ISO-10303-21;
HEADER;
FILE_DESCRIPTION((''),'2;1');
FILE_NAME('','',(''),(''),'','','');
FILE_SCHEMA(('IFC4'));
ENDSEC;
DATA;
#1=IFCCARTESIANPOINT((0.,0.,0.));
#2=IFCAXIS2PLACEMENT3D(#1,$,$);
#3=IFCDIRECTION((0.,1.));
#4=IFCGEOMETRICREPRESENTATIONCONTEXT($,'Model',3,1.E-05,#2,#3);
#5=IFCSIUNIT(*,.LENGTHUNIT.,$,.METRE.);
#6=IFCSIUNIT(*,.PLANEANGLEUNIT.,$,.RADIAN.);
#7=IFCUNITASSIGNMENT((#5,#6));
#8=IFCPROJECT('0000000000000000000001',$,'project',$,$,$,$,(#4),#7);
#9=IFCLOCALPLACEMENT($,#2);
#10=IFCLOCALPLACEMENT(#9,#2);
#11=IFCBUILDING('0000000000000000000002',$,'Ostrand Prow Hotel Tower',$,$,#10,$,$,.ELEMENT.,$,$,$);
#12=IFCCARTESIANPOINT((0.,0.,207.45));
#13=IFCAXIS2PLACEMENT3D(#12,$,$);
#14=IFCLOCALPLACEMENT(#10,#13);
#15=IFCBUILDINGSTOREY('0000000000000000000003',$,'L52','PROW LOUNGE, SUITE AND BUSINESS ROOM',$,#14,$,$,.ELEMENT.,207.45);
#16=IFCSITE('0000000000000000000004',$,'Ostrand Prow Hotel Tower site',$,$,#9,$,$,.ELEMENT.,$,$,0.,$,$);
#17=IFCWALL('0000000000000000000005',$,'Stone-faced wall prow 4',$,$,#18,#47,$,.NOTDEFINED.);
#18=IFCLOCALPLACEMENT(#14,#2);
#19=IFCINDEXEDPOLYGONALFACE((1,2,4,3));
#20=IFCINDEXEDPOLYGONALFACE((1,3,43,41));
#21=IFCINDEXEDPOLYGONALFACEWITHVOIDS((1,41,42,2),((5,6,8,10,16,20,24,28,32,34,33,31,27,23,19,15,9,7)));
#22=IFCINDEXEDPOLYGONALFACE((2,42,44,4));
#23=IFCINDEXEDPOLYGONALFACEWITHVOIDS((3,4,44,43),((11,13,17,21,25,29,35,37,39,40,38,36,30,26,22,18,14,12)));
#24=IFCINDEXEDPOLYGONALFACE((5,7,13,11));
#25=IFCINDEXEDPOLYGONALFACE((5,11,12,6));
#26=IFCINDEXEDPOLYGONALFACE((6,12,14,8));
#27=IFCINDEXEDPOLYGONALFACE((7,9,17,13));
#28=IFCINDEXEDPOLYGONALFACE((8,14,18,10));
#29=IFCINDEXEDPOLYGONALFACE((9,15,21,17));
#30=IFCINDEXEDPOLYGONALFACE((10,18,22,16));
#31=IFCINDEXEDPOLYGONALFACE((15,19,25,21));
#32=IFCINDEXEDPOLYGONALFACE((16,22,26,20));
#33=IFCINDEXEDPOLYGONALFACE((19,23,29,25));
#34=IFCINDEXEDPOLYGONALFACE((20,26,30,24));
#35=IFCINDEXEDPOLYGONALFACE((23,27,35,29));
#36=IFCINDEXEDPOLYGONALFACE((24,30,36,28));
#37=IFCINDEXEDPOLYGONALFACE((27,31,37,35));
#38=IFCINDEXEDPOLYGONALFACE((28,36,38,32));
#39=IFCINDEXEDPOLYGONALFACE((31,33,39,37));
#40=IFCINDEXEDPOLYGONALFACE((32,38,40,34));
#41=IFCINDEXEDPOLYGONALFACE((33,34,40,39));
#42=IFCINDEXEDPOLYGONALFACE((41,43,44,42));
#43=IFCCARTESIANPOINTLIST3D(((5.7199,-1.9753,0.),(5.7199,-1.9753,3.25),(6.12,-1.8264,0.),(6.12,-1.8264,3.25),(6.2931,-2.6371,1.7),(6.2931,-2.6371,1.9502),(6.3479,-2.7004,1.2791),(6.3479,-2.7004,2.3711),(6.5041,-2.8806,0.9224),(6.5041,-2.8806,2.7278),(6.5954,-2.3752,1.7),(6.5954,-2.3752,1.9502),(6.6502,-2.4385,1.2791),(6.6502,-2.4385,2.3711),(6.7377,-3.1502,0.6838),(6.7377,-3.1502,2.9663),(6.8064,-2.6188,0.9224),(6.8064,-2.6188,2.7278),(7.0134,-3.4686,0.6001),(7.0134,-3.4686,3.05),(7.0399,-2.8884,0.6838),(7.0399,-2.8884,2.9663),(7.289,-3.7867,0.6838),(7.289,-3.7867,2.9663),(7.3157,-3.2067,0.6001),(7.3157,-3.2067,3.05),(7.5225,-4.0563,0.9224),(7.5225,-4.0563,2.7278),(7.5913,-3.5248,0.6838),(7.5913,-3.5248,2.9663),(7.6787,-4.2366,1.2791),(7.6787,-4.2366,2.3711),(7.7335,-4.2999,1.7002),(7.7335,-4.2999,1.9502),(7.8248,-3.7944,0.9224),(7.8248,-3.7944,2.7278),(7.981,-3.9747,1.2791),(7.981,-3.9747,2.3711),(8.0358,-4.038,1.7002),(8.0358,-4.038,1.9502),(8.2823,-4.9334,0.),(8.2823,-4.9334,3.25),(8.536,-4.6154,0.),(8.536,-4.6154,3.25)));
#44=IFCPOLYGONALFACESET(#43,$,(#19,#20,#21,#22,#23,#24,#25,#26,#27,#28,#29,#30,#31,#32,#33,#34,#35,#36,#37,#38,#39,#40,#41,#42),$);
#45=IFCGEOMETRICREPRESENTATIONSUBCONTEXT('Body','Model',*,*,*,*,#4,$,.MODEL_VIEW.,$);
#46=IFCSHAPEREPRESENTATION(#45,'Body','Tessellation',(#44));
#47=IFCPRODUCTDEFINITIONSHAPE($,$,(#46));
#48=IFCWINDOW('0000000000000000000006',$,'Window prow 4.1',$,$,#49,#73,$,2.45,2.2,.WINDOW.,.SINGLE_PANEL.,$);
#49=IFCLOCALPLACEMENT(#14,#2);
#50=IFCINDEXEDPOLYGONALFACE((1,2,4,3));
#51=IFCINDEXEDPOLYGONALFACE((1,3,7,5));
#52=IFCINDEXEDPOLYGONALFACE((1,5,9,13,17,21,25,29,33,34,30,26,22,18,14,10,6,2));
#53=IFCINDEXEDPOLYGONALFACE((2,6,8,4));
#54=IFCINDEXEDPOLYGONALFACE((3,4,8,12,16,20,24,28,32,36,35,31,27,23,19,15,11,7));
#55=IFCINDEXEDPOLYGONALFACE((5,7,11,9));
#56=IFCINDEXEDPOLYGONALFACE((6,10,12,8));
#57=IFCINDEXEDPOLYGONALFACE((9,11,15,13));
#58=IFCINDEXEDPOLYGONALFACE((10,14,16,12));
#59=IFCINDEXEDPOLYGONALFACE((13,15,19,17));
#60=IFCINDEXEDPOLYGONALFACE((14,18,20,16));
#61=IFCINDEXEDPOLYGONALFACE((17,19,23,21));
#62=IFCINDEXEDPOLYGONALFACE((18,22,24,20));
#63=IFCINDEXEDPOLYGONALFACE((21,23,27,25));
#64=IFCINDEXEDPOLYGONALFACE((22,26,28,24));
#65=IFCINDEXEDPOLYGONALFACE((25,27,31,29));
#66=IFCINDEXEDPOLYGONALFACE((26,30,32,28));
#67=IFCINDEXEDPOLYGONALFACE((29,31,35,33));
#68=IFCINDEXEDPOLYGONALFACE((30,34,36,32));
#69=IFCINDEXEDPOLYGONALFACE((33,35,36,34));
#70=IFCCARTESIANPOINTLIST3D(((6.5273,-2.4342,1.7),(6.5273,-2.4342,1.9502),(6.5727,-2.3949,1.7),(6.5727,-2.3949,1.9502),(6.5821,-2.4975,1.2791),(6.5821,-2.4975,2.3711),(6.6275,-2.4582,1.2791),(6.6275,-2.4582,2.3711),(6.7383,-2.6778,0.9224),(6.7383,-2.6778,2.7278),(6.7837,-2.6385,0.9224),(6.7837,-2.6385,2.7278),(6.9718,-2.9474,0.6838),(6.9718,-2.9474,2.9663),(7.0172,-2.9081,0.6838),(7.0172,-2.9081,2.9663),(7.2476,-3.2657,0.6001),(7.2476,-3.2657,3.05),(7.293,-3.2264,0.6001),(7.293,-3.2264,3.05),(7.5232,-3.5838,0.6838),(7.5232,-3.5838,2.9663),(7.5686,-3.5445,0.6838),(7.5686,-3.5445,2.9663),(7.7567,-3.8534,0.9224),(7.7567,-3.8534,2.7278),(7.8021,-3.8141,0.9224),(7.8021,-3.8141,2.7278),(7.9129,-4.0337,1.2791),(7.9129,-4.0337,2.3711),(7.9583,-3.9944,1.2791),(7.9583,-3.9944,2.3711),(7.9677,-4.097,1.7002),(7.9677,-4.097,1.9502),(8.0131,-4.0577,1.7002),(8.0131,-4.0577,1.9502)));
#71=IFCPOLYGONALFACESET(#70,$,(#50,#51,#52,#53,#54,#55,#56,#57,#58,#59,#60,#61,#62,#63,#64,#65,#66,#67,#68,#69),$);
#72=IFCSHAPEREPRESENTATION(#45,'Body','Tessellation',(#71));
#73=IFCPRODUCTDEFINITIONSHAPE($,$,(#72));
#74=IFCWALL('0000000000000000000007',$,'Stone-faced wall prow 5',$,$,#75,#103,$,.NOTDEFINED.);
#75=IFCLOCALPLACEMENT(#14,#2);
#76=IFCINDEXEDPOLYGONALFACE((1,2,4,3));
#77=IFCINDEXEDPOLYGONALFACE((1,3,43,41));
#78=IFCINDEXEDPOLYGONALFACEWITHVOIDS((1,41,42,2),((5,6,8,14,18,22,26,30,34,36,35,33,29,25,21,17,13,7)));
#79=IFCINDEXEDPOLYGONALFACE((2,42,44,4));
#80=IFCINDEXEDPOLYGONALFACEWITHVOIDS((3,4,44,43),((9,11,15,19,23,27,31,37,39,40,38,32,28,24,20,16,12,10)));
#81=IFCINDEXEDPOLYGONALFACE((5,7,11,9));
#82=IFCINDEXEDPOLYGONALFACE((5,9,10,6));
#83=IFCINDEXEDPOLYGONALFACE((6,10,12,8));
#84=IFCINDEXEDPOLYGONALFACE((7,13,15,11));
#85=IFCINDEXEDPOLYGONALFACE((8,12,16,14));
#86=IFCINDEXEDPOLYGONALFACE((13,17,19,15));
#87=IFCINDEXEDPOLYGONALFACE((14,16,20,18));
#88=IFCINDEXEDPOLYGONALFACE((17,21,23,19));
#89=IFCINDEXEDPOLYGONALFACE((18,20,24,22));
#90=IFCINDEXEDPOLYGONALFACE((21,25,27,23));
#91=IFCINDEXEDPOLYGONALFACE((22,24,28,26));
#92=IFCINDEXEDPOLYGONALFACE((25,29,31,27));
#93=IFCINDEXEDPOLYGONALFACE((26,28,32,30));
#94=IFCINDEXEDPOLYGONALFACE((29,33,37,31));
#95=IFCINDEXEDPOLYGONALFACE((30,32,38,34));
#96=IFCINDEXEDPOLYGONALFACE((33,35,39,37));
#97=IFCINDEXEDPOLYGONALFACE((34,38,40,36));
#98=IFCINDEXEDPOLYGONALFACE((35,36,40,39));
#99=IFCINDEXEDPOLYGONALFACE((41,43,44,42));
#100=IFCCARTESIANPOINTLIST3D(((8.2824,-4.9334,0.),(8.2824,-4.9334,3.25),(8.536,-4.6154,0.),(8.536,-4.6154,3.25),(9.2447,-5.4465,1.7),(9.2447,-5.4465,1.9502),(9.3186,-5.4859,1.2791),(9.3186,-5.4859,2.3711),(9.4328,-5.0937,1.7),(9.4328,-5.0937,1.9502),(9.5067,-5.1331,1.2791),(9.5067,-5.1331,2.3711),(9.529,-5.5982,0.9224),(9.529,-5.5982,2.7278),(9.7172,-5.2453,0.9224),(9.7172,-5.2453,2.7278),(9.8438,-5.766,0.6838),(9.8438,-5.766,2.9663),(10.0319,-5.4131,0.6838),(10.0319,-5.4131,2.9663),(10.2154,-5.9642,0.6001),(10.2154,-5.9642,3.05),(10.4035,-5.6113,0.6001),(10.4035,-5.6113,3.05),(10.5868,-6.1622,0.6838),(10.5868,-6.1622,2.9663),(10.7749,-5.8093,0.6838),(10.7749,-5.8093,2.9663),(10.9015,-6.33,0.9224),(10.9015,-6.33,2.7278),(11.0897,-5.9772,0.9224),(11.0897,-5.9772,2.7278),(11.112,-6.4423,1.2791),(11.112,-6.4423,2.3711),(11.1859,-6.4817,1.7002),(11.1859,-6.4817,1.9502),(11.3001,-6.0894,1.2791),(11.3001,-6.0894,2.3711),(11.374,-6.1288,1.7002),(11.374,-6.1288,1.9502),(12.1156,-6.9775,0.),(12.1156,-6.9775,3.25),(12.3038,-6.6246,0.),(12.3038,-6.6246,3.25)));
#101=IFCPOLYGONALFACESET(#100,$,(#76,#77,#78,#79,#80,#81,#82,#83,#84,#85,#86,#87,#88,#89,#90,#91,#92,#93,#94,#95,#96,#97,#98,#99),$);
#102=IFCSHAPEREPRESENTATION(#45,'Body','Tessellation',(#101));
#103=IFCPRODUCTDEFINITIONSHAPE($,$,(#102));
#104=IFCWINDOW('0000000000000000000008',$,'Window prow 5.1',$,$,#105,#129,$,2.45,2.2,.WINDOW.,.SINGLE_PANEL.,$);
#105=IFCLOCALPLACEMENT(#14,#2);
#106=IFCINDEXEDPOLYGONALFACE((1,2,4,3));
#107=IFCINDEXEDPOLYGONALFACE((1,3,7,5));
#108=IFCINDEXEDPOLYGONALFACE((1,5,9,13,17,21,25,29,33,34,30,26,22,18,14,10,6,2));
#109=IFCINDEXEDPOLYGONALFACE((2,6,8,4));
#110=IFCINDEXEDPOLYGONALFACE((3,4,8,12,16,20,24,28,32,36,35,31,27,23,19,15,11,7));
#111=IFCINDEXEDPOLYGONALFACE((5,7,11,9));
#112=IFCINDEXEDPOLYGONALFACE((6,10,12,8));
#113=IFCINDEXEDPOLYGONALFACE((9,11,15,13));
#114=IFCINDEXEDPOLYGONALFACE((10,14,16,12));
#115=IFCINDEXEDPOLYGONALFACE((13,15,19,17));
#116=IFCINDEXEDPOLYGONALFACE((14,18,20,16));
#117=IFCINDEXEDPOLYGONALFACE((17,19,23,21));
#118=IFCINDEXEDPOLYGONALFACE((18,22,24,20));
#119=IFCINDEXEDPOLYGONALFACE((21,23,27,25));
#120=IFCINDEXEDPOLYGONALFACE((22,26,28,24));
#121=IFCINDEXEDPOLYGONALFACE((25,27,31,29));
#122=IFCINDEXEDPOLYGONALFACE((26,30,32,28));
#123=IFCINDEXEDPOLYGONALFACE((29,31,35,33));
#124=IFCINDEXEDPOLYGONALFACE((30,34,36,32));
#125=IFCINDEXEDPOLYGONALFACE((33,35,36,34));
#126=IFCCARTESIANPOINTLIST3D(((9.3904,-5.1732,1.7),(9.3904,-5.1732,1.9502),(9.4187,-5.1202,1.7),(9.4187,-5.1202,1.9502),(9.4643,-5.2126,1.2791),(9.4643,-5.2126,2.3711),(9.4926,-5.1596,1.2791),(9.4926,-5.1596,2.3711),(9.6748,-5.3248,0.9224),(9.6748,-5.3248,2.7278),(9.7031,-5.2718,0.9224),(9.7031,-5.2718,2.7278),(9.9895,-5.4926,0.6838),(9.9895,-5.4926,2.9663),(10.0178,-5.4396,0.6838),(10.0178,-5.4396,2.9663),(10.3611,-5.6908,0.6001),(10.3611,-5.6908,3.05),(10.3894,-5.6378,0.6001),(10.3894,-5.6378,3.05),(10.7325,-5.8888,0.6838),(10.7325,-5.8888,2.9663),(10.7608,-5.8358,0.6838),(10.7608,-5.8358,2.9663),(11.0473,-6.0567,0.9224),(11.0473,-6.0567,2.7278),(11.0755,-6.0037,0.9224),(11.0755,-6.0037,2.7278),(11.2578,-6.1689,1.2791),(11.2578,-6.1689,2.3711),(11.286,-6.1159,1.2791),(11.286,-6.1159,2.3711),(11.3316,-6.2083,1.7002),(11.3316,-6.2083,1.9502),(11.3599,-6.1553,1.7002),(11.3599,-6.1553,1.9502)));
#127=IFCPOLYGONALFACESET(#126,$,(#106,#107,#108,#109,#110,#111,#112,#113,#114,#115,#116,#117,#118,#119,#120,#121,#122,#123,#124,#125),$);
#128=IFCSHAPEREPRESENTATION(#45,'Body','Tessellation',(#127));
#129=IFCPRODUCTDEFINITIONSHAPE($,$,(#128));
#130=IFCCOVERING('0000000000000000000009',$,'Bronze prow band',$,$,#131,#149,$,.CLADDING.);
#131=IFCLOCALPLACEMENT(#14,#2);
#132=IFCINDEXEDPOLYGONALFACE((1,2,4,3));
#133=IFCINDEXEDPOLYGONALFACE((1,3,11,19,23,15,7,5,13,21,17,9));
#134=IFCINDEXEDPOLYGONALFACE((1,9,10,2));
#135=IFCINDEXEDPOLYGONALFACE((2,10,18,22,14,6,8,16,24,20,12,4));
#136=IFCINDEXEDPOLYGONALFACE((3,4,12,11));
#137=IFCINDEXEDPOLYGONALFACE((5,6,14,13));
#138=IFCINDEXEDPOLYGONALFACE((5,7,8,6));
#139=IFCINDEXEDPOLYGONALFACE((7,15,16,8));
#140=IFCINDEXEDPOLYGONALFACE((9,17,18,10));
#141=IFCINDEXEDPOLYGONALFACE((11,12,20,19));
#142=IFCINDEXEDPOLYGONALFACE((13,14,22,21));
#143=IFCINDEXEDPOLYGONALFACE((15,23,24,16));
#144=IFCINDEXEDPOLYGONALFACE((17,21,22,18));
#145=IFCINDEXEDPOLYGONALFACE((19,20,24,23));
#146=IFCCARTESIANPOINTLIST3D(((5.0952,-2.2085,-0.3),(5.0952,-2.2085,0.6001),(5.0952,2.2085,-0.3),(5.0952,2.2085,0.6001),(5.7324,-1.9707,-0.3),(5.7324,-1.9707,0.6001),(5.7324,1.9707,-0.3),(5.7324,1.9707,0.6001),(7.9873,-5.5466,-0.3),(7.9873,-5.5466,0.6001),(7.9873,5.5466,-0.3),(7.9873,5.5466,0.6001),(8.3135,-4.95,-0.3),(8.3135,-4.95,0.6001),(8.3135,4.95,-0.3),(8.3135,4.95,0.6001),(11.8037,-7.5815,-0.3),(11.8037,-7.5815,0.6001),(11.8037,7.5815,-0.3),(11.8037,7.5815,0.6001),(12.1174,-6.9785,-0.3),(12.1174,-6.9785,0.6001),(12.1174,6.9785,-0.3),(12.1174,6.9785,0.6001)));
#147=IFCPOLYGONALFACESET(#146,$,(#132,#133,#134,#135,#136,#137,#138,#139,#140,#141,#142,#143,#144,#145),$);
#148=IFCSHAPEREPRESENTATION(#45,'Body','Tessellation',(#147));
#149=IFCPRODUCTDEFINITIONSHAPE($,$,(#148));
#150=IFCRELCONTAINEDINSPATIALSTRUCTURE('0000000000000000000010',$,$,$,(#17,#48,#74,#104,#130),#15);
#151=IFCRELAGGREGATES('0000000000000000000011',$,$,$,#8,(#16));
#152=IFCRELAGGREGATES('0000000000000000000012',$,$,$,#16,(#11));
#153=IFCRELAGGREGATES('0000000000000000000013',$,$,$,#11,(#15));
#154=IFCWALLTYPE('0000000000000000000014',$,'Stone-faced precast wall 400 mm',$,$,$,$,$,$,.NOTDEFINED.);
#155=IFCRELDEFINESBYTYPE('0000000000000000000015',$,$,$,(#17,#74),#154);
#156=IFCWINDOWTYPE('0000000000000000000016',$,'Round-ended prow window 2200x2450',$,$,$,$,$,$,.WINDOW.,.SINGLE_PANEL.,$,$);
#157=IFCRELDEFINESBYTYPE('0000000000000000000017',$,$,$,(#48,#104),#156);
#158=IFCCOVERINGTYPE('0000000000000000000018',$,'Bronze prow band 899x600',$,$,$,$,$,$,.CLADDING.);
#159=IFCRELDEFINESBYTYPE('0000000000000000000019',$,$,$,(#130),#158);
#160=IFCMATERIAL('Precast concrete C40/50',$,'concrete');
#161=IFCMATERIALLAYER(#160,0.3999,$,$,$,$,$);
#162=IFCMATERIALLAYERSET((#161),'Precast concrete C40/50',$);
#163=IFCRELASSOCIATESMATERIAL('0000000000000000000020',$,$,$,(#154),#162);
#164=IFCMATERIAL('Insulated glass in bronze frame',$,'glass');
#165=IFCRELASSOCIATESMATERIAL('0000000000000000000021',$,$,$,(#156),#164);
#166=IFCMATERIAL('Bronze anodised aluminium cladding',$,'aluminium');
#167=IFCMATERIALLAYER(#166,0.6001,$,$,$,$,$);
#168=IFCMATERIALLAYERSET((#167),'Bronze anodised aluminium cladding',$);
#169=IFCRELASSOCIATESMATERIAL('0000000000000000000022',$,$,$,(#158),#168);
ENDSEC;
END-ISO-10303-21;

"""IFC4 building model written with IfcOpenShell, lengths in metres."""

from ifc_helpers import new_model, si_unit, direction, frame, origin, place, context, subcontext, project, spatial, polyline, outline, extrude, material, layer, layer_set, type_object, element, fill, save


model = new_model("IFC4")

# Units and contexts
model_context = context("Model", 3, precision=1e-05, world=origin(), true_north=direction((0.0, 1.0)))
body_context = subcontext(model_context, "Body", "Model", "MODEL_VIEW")
ifc_project = project(units=[si_unit("LENGTHUNIT", "METRE"), si_unit("PLANEANGLEUNIT", "RADIAN")], contexts=[model_context])

# Site, building, storey
site_placement = place(None, origin())
site = spatial("IfcSite", under=ifc_project, at=site_placement, Name="Ostrand Prow Hotel Tower site", CompositionType="ELEMENT", RefElevation=0.0)
building_placement = place(site_placement, origin())
building = spatial("IfcBuilding", under=site, at=building_placement, Name="Ostrand Prow Hotel Tower", CompositionType="ELEMENT")
storey_placement = place(building_placement, frame((0.0, 0.0, 207.45)))
storey = spatial("IfcBuildingStorey", under=building, at=storey_placement, Name="L52", Description="PROW LOUNGE, SUITE AND BUSINESS ROOM", CompositionType="ELEMENT", Elevation=207.45)

# Walls, openings, windows
ifc_material_1 = material(Name="Precast concrete C40/50", Category="concrete")
ifc_layer_1 = layer(ifc_material_1, 0.3999)
ifc_layer_set_1 = layer_set([ifc_layer_1], Name="Precast concrete C40/50")
wall_type = type_object("IfcWallType", Name="Stone-faced precast wall 400 mm", PredefinedType="NOTDEFINED", material=ifc_layer_set_1)
wall_1_placement = place(storey_placement, frame((5.9199, -1.9009, 0.0), z_axis=(0.0, 0.0, 1.0), x_axis=(0.654759, -0.755837, 0.0)))
wall_1 = element("IfcWall", 1, at=wall_1_placement, inside=storey, type_object=wall_type, Name="Stone-faced wall prow 4", PredefinedType="NOTDEFINED", context=body_context, shape_type="SweptSolid", body=[
    extrude(outline(polyline([(-0.0747, -0.2), (3.8389, -0.2), (3.7646, 0.2), (0.0747, 0.2), (-0.0747, -0.2)])), origin(), (0.0, 0.0, 1.0), 3.25),
])
opening_1_placement = place(wall_1_placement, frame((0.8008, 0.0, 0.6001)))
opening_1 = element("IfcOpeningElement", 2, at=opening_1_placement, cuts=wall_1, PredefinedType="OPENING", context=body_context, shape_type="SweptSolid", body=[
    extrude(outline(polyline([(0.0, 1.3501), (0.0837, 1.771), (0.3223, 2.1277), (0.679, 2.3662), (1.1001, 2.45), (1.521, 2.3662), (1.8777, 2.1277), (2.1162, 1.771), (2.2, 1.3501), (2.2, 1.1001), (2.1162, 0.679), (1.8777, 0.3223), (1.521, 0.0837), (1.1001, 0.0), (0.679, 0.0837), (0.3223, 0.3223), (0.0837, 0.679), (0.0, 1.0999), (0.0, 1.3501)])), frame((0.0, 0.21, 0.0), z_axis=(0.0, -1.0, 0.0), x_axis=(1.0, 0.0, 0.0)), (0.0, 0.0, 1.0), 0.4199),
])
ifc_material_2 = material(Name="Insulated glass in bronze frame", Category="glass")
window_type = type_object("IfcWindowType", Name="Round-ended prow window 2200x2450", PartitioningType="SINGLE_PANEL", PredefinedType="WINDOW", material=ifc_material_2)
window_1_placement = place(opening_1_placement, origin())
window_1 = element("IfcWindow", 3, at=window_1_placement, inside=storey, type_object=window_type, Name="Window prow 4.1", OverallHeight=2.45, OverallWidth=2.2, PartitioningType="SINGLE_PANEL", PredefinedType="WINDOW", context=body_context, shape_type="SweptSolid", body=[
    extrude(outline(polyline([(0.0, 1.3501), (0.0837, 1.771), (0.3223, 2.1277), (0.679, 2.3662), (1.1001, 2.45), (1.521, 2.3662), (1.8777, 2.1277), (2.1162, 1.771), (2.2, 1.3501), (2.2, 1.1001), (2.1162, 0.679), (1.8777, 0.3223), (1.521, 0.0837), (1.1001, 0.0), (0.679, 0.0837), (0.3223, 0.3223), (0.0837, 0.679), (0.0, 1.0999), (0.0, 1.3501)])), frame((0.0, 0.1699, 0.0), z_axis=(0.0, -1.0, 0.0), x_axis=(1.0, 0.0, 0.0)), (0.0, 0.0, 1.0), 0.0601),
])
fill(opening_1, window_1)
wall_2_placement = place(storey_placement, frame((8.4092, -4.7744, 0.0), z_axis=(0.0, 0.0, 1.0), x_axis=(0.882386, -0.470526, 0.0)))
wall_2 = element("IfcWall", 4, at=wall_2_placement, inside=storey, type_object=wall_type, Name="Stone-faced wall prow 5", PredefinedType="NOTDEFINED", context=body_context, shape_type="SweptSolid", body=[
    extrude(outline(polyline([(-0.0371, -0.2), (4.3071, -0.2), (4.3071, 0.2), (0.0371, 0.2), (-0.0371, -0.2)])), origin(), (0.0, 0.0, 1.0), 3.25),
])
opening_2_placement = place(wall_2_placement, frame((1.0535, 0.0, 0.6001)))
opening_2 = element("IfcOpeningElement", 5, at=opening_2_placement, cuts=wall_2, PredefinedType="OPENING", context=body_context, shape_type="SweptSolid", body=[
    extrude(outline(polyline([(0.0, 1.3501), (0.0837, 1.771), (0.3223, 2.1277), (0.679, 2.3662), (1.1001, 2.45), (1.521, 2.3662), (1.8777, 2.1277), (2.1162, 1.771), (2.2, 1.3501), (2.2, 1.1001), (2.1162, 0.679), (1.8777, 0.3223), (1.521, 0.0837), (1.1001, 0.0), (0.679, 0.0837), (0.3223, 0.3223), (0.0837, 0.679), (0.0, 1.0999), (0.0, 1.3501)])), frame((0.0, 0.21, 0.0), z_axis=(0.0, -1.0, 0.0), x_axis=(1.0, 0.0, 0.0)), (0.0, 0.0, 1.0), 0.4199),
])
window_2_placement = place(opening_2_placement, origin())
window_2 = element("IfcWindow", 6, at=window_2_placement, inside=storey, type_object=window_type, Name="Window prow 5.1", OverallHeight=2.45, OverallWidth=2.2, PartitioningType="SINGLE_PANEL", PredefinedType="WINDOW", context=body_context, shape_type="SweptSolid", body=[
    extrude(outline(polyline([(0.0, 1.3501), (0.0837, 1.771), (0.3223, 2.1277), (0.679, 2.3662), (1.1001, 2.45), (1.521, 2.3662), (1.8777, 2.1277), (2.1162, 1.771), (2.2, 1.3501), (2.2, 1.1001), (2.1162, 0.679), (1.8777, 0.3223), (1.521, 0.0837), (1.1001, 0.0), (0.679, 0.0837), (0.3223, 0.3223), (0.0837, 0.679), (0.0, 1.0999), (0.0, 1.3501)])), frame((0.0, 0.1699, 0.0), z_axis=(0.0, -1.0, 0.0), x_axis=(1.0, 0.0, 0.0)), (0.0, 0.0, 1.0), 0.0601),
])
fill(opening_2, window_2)

# Covering
ifc_material_3 = material(Name="Bronze anodised aluminium cladding", Category="aluminium")
ifc_layer_2 = layer(ifc_material_3, 0.6001)
ifc_layer_set_2 = layer_set([ifc_layer_2], Name="Bronze anodised aluminium cladding")
covering_type_1 = type_object("IfcCoveringType", Name="Bronze prow band 899x600", PredefinedType="CLADDING", material=ifc_layer_set_2)
covering_1_placement = place(storey_placement, frame((0.0, 0.0, -0.3)))
element("IfcCovering", 7, at=covering_1_placement, inside=storey, type_object=covering_type_1, Name="Bronze prow band", PredefinedType="CLADDING", context=body_context, shape_type="SweptSolid", body=[
    extrude(outline(polyline([(11.8037, 7.5815), (7.9873, 5.5466), (5.0952, 2.2085), (5.0952, -2.2085), (7.9873, -5.5466), (11.8037, -7.5815), (12.1174, -6.9785), (8.3135, -4.95), (5.7324, -1.9707), (5.7324, 1.9707), (8.3135, 4.95), (12.1174, 6.9785), (11.8037, 7.5815)])), origin(), (0.0, 0.0, 1.0), 0.9001),
])

save(model, "model.ifc")
